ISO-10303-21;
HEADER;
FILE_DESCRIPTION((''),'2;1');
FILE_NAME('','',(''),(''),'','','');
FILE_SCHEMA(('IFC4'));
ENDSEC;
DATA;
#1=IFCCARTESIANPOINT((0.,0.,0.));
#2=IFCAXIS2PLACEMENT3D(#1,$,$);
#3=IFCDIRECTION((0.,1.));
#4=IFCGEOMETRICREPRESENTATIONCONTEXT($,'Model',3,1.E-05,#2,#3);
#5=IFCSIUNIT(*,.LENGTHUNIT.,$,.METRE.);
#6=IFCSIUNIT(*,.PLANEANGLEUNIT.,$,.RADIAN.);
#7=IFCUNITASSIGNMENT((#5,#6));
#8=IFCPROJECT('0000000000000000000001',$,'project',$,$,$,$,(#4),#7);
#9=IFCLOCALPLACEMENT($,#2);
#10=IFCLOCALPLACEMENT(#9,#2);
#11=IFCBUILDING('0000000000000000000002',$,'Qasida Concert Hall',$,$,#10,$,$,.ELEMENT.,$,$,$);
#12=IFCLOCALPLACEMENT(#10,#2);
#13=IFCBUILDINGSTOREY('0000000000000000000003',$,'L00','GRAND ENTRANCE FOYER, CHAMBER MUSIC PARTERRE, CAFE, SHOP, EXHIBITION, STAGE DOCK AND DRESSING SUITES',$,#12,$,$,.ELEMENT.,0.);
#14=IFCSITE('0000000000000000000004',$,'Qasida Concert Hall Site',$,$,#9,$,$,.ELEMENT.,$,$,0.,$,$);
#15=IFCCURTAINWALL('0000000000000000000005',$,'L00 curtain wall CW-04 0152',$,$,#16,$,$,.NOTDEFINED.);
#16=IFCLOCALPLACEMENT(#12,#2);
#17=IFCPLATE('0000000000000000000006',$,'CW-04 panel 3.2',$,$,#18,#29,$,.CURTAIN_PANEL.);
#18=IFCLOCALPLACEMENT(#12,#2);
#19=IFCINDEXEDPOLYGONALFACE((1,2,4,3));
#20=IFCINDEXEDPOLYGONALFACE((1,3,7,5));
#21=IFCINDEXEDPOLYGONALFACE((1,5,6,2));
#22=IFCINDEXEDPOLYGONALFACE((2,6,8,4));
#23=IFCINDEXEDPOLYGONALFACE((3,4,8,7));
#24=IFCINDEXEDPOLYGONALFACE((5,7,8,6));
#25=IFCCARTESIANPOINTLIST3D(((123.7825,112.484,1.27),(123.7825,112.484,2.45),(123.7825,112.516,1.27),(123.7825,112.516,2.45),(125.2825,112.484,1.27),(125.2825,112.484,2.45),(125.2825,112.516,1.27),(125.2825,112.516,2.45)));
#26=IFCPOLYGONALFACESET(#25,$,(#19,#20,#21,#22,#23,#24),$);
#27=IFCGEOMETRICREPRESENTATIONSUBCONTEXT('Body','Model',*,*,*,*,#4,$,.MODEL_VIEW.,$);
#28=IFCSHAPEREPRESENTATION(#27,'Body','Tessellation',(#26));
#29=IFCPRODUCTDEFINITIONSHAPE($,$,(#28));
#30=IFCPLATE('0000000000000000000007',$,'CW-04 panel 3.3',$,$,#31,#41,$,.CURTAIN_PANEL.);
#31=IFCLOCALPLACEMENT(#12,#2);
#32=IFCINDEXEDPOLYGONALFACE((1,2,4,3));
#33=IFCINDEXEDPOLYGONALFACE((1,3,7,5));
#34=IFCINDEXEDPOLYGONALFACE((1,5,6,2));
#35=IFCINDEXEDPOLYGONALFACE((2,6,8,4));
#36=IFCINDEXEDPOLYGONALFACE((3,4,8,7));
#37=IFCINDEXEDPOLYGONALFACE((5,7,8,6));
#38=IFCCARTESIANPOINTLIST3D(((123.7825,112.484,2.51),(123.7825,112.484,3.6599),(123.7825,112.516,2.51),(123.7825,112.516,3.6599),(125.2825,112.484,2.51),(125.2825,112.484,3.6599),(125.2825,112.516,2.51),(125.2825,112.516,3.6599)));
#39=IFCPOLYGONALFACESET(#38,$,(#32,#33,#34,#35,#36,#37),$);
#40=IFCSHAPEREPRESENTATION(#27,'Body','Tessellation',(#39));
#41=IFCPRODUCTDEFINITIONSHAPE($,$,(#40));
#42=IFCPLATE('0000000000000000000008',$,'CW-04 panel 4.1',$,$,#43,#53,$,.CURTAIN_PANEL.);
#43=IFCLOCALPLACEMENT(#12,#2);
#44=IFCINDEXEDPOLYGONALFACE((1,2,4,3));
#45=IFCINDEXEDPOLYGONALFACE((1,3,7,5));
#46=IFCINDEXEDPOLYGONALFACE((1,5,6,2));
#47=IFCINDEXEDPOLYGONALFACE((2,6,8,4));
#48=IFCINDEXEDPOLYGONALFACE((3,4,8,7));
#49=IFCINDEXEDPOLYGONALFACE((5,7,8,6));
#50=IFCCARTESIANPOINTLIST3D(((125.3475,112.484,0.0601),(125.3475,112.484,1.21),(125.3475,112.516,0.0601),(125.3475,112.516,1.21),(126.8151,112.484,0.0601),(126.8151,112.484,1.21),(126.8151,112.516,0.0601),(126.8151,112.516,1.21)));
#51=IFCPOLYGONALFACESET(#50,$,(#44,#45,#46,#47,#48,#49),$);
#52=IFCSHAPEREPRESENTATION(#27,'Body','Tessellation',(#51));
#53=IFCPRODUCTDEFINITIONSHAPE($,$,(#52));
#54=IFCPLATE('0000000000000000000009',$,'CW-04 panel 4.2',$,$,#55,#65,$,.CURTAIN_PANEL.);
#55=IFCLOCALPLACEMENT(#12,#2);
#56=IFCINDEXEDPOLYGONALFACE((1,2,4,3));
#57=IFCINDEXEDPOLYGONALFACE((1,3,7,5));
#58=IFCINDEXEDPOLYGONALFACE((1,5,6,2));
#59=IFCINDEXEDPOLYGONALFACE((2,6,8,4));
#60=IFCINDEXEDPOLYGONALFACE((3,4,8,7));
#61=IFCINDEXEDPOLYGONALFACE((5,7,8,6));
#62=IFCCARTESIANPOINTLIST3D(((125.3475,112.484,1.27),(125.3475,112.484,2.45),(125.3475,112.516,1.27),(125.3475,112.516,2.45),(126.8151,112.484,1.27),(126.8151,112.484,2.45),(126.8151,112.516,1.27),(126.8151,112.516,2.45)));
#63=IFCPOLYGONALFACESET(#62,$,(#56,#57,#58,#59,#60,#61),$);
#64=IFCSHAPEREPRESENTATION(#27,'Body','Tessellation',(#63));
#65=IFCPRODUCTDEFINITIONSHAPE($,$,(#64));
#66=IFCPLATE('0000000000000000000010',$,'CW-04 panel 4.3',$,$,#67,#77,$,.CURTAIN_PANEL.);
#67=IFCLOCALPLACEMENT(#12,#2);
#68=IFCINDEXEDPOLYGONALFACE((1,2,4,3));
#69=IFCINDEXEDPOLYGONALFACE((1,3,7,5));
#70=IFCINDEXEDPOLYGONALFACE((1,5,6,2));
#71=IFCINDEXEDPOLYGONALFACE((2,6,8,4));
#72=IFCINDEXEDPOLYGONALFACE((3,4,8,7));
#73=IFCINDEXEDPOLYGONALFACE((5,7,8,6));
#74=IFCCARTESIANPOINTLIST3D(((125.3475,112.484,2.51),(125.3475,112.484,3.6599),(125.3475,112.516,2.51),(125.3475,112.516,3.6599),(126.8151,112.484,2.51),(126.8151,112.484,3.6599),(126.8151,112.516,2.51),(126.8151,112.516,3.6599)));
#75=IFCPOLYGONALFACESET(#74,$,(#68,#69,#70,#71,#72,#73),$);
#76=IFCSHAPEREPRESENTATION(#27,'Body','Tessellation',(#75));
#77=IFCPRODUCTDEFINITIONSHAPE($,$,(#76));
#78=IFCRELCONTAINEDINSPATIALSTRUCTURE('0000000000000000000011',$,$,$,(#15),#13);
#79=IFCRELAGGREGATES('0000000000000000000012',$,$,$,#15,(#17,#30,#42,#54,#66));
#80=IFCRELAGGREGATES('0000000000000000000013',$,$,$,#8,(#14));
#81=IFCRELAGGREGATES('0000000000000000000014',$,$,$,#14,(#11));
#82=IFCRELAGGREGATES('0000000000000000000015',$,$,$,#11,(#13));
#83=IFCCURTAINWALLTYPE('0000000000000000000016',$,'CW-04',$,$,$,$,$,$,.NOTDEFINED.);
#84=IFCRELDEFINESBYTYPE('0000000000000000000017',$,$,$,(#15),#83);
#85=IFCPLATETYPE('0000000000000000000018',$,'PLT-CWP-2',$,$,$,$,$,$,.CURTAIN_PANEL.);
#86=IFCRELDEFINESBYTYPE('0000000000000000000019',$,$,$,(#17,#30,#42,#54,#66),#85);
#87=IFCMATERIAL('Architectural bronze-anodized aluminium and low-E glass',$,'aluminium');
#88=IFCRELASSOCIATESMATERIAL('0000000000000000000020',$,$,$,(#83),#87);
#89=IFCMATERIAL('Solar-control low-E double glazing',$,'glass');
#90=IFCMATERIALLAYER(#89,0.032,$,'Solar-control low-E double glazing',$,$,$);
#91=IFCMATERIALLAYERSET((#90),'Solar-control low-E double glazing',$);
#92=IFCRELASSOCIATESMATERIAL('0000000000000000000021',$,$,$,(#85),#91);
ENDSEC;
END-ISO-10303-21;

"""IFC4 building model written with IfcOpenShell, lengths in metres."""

from ifc_helpers import new_model, si_unit, direction, frame, origin, origin_2d, place, context, subcontext, project, spatial, rectangle, extrude, material, layer, layer_set, type_object, element, aggregate, save


model = new_model("IFC4")

# Units and contexts
model_context = context("Model", 3, precision=1e-05, world=origin(), true_north=direction((0.0, 1.0)))
body_context = subcontext(model_context, "Body", "Model", "MODEL_VIEW")
ifc_project = project(units=[si_unit("LENGTHUNIT", "METRE"), si_unit("PLANEANGLEUNIT", "RADIAN")], contexts=[model_context])

# Site, building, storey
site_placement = place(None, origin())
site = spatial("IfcSite", under=ifc_project, at=site_placement, Name="Qasida Concert Hall Site", CompositionType="ELEMENT", RefElevation=0.0)
building_placement = place(site_placement, origin())
building = spatial("IfcBuilding", under=site, at=building_placement, Name="Qasida Concert Hall", CompositionType="ELEMENT")
storey_placement = place(building_placement, origin())
storey = spatial("IfcBuildingStorey", under=building, at=storey_placement, Name="L00", Description="GRAND ENTRANCE FOYER, CHAMBER MUSIC PARTERRE, CAFE, SHOP, EXHIBITION, STAGE DOCK AND DRESSING SUITES", CompositionType="ELEMENT", Elevation=0.0)

# Curtain wall, plates
ifc_material_1 = material(Name="Architectural bronze-anodized aluminium and low-E glass", Category="aluminium")
curtain_wall_type = type_object("IfcCurtainWallType", Name="CW-04", PredefinedType="NOTDEFINED", material=ifc_material_1)
curtain_wall_placement = place(storey_placement, origin())
curtain_wall = element("IfcCurtainWall", 1, at=curtain_wall_placement, inside=storey, type_object=curtain_wall_type, Name="L00 curtain wall CW-04 0152", PredefinedType="NOTDEFINED")
ifc_material_2 = material(Name="Solar-control low-E double glazing", Category="glass")
ifc_layer = layer(ifc_material_2, 0.032, Name="Solar-control low-E double glazing")
ifc_layer_set = layer_set([ifc_layer], Name="Solar-control low-E double glazing")
plate_type = type_object("IfcPlateType", Name="PLT-CWP-2", PredefinedType="CURTAIN_PANEL", material=ifc_layer_set)
plate_1_placement = place(storey_placement, frame((124.5325, 112.5, 1.27), z_axis=(0.0, 0.0, 1.0), x_axis=(1.0, 0.0, 0.0)))
plate_1 = element("IfcPlate", 2, at=plate_1_placement, type_object=plate_type, Name="CW-04 panel 3.2", PredefinedType="CURTAIN_PANEL", context=body_context, shape_type="SweptSolid", body=[
    extrude(rectangle(XDim=1.5, YDim=0.032, at=origin_2d()), origin(), (0.0, 0.0, 1.0), 1.1799),
])
plate_2_placement = place(storey_placement, frame((124.5325, 112.5, 2.51), z_axis=(0.0, 0.0, 1.0), x_axis=(1.0, 0.0, 0.0)))
plate_2 = element("IfcPlate", 3, at=plate_2_placement, type_object=plate_type, Name="CW-04 panel 3.3", PredefinedType="CURTAIN_PANEL", context=body_context, shape_type="SweptSolid", body=[
    extrude(rectangle(XDim=1.5, YDim=0.032, at=origin_2d()), origin(), (0.0, 0.0, 1.0), 1.1499),
])
plate_3_placement = place(storey_placement, frame((126.0813, 112.5, 0.0601), z_axis=(0.0, 0.0, 1.0), x_axis=(1.0, 0.0, 0.0)))
plate_3 = element("IfcPlate", 4, at=plate_3_placement, type_object=plate_type, Name="CW-04 panel 4.1", PredefinedType="CURTAIN_PANEL", context=body_context, shape_type="SweptSolid", body=[
    extrude(rectangle(XDim=1.4675, YDim=0.032, at=origin_2d()), origin(), (0.0, 0.0, 1.0), 1.1499),
])
plate_4_placement = place(storey_placement, frame((126.0813, 112.5, 1.27), z_axis=(0.0, 0.0, 1.0), x_axis=(1.0, 0.0, 0.0)))
plate_4 = element("IfcPlate", 5, at=plate_4_placement, type_object=plate_type, Name="CW-04 panel 4.2", PredefinedType="CURTAIN_PANEL", context=body_context, shape_type="SweptSolid", body=[
    extrude(rectangle(XDim=1.4675, YDim=0.032, at=origin_2d()), origin(), (0.0, 0.0, 1.0), 1.1799),
])
plate_5_placement = place(storey_placement, frame((126.0813, 112.5, 2.51), z_axis=(0.0, 0.0, 1.0), x_axis=(1.0, 0.0, 0.0)))
plate_5 = element("IfcPlate", 6, at=plate_5_placement, type_object=plate_type, Name="CW-04 panel 4.3", PredefinedType="CURTAIN_PANEL", context=body_context, shape_type="SweptSolid", body=[
    extrude(rectangle(XDim=1.4675, YDim=0.032, at=origin_2d()), origin(), (0.0, 0.0, 1.0), 1.1499),
])
aggregate(curtain_wall, [plate_1, plate_2, plate_3, plate_4, plate_5])

save(model, "model.ifc")
